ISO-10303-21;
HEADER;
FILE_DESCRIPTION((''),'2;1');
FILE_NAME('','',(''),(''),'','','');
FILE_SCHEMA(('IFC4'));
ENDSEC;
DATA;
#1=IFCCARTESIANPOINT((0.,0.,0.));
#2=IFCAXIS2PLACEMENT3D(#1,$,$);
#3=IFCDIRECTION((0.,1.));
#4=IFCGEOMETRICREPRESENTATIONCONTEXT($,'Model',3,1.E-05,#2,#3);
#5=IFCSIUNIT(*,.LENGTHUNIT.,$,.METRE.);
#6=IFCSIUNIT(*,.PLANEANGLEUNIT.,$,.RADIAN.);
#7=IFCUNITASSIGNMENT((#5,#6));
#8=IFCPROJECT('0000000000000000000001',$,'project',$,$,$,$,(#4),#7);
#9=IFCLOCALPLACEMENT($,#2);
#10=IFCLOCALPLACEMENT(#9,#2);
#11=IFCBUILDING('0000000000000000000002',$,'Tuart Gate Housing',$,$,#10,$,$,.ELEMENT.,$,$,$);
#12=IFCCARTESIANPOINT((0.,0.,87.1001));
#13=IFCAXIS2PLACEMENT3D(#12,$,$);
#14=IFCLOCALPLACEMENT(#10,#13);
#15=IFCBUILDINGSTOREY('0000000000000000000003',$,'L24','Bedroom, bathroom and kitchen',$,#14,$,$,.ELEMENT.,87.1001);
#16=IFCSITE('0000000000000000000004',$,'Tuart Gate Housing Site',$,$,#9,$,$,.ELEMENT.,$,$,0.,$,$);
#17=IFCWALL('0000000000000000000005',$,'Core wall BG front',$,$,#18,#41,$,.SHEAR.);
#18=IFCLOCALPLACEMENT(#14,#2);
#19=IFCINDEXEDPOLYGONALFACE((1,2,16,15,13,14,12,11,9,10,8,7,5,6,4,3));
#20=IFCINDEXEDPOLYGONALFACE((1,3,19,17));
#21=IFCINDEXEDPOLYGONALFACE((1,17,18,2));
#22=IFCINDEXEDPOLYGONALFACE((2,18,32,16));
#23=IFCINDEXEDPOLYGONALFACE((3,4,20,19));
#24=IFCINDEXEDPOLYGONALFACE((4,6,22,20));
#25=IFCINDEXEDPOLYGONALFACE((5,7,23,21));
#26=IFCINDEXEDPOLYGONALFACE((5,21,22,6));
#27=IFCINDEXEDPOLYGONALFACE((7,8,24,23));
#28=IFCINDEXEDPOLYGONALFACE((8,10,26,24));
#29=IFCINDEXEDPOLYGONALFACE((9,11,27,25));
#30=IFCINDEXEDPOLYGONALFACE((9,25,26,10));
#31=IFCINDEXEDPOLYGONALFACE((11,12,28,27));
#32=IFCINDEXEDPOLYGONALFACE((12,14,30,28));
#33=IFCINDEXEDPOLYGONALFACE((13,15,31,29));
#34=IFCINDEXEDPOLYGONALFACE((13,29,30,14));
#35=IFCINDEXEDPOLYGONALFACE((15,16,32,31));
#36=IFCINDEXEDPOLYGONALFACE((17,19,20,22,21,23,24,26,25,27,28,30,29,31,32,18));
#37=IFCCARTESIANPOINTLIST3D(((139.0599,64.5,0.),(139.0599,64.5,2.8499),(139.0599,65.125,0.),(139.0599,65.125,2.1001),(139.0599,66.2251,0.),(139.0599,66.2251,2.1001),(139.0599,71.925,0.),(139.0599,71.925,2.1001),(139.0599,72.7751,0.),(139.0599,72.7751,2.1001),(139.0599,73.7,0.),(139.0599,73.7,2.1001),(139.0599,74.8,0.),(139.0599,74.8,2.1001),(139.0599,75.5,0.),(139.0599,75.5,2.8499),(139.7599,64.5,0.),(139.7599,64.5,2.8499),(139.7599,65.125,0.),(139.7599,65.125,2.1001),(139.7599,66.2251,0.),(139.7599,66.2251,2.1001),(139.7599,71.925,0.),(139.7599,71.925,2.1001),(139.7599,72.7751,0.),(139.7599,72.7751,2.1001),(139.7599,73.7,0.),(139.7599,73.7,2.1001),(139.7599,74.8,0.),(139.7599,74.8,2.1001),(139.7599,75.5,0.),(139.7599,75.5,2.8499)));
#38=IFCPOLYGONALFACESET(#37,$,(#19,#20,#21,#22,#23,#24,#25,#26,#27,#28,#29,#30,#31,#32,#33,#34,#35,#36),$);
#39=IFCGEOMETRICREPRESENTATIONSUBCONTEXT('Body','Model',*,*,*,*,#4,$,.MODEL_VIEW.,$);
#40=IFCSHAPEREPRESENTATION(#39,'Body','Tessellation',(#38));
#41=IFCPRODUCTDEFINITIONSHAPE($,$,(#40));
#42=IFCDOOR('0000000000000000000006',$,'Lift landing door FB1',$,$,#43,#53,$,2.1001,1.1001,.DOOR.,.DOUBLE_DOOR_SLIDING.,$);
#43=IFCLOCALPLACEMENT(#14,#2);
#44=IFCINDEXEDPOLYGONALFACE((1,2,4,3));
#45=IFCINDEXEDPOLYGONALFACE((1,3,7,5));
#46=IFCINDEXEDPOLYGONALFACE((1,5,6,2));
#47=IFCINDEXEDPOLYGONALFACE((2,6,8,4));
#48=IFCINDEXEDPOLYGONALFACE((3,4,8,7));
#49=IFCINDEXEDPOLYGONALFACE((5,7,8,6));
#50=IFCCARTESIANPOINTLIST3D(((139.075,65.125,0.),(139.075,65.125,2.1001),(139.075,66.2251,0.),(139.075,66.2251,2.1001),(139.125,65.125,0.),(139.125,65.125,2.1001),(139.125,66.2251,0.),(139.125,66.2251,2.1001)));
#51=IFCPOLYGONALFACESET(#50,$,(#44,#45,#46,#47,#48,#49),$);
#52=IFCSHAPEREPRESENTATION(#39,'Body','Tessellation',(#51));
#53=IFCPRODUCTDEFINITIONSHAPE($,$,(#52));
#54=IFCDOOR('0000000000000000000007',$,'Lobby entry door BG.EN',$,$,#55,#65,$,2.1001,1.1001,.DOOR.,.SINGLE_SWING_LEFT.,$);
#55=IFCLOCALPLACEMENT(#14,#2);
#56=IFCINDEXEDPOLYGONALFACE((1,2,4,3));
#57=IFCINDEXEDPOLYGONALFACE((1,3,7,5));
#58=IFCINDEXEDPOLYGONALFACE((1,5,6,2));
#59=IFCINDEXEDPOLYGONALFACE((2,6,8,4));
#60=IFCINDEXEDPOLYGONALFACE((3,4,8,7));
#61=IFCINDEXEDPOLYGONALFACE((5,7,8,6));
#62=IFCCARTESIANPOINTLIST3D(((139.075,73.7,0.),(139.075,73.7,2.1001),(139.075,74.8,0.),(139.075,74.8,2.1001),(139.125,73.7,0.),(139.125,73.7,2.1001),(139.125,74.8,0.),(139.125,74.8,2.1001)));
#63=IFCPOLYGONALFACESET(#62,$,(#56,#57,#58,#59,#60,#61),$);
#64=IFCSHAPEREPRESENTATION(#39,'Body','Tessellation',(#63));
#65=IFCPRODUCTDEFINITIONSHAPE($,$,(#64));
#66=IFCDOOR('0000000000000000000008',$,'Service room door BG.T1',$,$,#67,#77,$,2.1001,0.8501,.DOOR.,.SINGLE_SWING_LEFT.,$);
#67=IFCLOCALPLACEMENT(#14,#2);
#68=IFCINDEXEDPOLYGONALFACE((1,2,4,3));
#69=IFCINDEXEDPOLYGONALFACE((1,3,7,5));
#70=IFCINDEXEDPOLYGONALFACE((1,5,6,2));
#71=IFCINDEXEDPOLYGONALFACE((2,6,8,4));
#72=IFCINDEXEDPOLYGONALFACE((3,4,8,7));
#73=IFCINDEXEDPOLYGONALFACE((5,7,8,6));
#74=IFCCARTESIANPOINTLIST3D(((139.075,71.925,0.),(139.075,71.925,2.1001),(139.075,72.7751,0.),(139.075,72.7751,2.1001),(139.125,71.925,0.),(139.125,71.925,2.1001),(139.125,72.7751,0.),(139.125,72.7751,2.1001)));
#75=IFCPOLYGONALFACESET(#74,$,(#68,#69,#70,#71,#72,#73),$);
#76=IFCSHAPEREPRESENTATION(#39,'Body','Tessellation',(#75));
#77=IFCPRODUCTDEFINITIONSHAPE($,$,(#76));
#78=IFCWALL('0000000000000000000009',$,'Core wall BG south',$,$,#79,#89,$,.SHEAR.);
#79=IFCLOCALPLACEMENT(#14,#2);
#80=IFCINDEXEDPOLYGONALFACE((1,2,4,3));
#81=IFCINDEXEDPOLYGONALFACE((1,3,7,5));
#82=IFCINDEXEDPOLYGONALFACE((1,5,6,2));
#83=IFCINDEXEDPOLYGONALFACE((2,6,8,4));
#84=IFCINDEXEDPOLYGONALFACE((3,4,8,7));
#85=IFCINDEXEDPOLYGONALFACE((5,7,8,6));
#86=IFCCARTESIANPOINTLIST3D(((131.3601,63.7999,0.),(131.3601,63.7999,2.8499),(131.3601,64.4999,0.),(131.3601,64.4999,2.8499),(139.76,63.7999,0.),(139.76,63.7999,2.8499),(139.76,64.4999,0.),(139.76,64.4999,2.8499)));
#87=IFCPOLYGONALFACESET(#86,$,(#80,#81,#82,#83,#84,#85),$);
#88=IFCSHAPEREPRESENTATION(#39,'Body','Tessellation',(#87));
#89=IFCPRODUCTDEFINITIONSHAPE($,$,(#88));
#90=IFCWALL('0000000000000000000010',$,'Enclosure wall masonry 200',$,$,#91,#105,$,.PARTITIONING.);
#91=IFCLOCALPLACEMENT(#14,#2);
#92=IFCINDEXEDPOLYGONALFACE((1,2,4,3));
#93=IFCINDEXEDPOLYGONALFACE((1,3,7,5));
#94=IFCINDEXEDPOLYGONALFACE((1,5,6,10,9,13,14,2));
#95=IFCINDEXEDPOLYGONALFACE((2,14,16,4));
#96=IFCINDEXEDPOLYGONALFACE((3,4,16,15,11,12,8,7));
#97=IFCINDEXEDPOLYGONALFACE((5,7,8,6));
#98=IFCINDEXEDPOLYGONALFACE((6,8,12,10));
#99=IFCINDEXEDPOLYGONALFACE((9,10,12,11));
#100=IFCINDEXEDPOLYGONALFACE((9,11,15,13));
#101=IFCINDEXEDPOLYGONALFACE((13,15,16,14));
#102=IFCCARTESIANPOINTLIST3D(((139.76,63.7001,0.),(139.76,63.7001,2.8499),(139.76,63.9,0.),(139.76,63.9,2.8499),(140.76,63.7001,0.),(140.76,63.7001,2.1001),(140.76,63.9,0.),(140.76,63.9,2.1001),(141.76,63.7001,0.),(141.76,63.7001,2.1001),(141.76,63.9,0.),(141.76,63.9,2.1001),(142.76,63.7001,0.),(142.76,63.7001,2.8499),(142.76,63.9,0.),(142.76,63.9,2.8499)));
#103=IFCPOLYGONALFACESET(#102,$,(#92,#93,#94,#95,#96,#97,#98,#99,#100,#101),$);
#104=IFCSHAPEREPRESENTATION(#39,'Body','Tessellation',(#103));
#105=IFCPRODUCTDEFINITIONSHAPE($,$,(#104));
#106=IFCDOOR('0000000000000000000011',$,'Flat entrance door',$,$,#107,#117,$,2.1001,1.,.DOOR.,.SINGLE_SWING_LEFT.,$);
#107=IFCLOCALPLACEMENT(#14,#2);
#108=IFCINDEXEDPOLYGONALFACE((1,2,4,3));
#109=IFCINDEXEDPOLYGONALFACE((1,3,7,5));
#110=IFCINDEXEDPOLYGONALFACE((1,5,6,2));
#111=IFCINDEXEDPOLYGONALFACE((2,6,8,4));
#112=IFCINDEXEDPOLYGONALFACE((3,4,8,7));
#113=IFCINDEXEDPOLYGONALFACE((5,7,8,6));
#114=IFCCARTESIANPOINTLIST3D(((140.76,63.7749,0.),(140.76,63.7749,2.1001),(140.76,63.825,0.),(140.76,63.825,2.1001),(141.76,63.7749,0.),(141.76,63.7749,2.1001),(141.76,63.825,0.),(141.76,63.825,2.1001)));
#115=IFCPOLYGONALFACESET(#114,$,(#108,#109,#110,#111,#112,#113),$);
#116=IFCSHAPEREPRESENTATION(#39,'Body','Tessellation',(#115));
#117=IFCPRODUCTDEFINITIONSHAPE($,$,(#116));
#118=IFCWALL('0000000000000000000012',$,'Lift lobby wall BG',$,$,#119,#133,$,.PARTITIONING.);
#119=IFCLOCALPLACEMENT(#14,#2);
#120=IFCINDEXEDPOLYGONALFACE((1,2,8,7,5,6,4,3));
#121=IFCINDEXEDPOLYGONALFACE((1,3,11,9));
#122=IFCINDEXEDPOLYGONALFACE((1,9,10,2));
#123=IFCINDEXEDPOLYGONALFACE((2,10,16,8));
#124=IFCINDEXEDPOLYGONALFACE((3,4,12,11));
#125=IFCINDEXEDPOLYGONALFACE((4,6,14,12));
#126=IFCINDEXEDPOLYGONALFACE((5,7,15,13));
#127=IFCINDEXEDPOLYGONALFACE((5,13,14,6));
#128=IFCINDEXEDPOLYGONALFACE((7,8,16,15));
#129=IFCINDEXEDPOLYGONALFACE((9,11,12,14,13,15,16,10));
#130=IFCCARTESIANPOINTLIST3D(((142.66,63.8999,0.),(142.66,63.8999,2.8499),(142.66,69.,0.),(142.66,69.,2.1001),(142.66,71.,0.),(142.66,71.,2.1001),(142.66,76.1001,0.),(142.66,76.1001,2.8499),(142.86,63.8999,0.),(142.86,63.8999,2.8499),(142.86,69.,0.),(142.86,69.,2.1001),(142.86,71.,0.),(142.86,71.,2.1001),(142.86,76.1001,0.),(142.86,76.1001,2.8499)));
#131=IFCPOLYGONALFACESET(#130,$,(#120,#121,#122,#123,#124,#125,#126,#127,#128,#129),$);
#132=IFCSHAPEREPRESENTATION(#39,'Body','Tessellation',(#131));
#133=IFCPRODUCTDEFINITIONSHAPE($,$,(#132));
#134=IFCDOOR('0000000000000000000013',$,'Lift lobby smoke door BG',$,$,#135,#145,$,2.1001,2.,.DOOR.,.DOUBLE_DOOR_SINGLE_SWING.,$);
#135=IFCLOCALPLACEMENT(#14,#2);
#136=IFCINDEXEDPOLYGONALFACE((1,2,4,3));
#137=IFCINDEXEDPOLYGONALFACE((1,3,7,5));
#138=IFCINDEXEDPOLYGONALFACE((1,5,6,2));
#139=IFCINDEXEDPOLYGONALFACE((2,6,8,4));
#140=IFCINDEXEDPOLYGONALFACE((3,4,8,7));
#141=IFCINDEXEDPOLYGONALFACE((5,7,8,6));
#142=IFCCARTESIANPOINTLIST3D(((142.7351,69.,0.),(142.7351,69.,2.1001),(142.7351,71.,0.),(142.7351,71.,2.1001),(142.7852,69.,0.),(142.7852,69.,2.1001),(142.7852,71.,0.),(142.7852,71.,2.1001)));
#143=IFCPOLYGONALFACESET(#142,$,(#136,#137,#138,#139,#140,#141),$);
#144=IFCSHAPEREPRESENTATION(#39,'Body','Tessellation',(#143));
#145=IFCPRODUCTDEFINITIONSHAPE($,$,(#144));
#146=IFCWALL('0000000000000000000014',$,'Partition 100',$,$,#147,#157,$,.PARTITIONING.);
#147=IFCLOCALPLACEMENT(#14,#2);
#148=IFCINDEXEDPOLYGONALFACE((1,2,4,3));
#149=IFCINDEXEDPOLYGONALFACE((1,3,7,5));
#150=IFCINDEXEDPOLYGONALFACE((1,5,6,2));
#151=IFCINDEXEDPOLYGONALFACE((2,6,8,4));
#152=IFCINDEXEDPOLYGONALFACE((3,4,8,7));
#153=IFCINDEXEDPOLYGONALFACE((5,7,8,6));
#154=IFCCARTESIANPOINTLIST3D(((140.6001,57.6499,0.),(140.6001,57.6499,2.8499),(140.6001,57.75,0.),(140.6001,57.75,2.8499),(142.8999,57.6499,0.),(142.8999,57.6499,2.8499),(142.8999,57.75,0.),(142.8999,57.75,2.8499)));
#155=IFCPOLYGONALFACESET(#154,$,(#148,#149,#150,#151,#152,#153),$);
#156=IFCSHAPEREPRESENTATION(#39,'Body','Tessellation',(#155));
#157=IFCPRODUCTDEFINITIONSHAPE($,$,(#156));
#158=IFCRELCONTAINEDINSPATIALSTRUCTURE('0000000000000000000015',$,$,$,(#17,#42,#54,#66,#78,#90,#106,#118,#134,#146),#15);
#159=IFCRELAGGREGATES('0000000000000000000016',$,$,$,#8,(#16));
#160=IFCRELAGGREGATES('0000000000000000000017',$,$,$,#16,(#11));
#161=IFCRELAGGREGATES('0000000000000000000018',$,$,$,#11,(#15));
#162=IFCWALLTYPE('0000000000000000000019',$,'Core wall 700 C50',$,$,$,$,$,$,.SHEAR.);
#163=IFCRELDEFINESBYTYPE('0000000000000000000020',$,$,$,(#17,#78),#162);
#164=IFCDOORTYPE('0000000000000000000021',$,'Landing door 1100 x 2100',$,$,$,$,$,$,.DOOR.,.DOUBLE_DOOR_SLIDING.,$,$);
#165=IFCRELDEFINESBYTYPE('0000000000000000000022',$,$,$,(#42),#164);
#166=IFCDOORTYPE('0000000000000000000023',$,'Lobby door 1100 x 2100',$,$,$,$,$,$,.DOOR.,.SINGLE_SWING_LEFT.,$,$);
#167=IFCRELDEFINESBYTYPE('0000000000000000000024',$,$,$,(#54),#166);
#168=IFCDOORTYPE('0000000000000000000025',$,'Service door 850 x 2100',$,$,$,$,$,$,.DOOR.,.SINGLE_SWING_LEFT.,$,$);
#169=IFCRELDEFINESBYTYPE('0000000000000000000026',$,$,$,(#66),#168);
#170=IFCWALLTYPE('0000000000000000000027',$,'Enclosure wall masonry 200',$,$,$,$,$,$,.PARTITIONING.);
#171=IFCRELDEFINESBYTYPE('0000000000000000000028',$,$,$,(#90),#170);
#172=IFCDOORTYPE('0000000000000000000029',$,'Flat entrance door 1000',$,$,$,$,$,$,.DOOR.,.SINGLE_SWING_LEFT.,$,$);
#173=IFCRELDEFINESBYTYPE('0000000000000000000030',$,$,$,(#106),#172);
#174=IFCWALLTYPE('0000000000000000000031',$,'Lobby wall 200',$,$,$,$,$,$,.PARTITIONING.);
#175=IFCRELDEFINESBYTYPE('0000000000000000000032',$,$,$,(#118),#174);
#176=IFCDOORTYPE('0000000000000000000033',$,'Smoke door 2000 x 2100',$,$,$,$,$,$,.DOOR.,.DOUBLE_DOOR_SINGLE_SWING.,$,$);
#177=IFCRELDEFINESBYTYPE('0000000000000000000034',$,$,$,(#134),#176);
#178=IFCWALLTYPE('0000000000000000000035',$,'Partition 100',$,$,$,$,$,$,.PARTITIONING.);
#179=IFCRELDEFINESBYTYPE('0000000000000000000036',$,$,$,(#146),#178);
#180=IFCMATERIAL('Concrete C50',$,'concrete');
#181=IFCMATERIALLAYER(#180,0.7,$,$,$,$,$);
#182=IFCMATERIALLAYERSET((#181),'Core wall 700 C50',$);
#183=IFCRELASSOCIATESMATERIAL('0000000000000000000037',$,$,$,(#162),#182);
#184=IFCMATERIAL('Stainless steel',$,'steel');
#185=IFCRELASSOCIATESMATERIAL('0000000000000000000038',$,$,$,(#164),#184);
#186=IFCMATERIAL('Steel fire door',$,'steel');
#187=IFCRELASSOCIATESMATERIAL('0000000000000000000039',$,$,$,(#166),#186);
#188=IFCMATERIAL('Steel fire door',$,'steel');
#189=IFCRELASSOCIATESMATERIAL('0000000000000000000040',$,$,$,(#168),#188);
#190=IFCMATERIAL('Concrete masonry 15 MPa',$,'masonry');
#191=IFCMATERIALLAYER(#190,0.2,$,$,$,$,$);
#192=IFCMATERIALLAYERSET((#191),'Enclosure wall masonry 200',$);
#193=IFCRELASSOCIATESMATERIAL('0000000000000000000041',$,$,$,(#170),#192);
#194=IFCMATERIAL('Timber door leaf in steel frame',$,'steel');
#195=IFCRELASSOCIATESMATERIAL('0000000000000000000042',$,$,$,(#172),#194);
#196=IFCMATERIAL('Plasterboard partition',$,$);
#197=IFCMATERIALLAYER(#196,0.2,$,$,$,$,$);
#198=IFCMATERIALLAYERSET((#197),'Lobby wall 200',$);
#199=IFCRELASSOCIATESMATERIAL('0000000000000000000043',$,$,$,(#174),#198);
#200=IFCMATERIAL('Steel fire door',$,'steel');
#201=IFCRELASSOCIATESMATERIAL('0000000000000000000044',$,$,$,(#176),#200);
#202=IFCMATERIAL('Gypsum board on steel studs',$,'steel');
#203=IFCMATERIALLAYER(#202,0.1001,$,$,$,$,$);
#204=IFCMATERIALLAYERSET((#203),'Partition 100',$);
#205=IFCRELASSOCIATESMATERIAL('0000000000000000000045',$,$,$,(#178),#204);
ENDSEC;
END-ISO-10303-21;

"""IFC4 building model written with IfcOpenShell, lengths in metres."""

from ifc_helpers import new_model, si_unit, direction, frame, frame_2d, origin, place, context, subcontext, project, spatial, rectangle, extrude, material, layer, layer_set, type_object, element, fill, save


model = new_model("IFC4")

# Units and contexts
model_context = context("Model", 3, precision=1e-05, world=origin(), true_north=direction((0.0, 1.0)))
body_context = subcontext(model_context, "Body", "Model", "MODEL_VIEW")
ifc_project = project(units=[si_unit("LENGTHUNIT", "METRE"), si_unit("PLANEANGLEUNIT", "RADIAN")], contexts=[model_context])

# Site, building, storey
site_placement = place(None, origin())
site = spatial("IfcSite", under=ifc_project, at=site_placement, Name="Tuart Gate Housing Site", CompositionType="ELEMENT", RefElevation=0.0)
building_placement = place(site_placement, origin())
building = spatial("IfcBuilding", under=site, at=building_placement, Name="Tuart Gate Housing", CompositionType="ELEMENT")
storey_placement = place(building_placement, frame((0.0, 0.0, 87.1001)))
storey = spatial("IfcBuildingStorey", under=building, at=storey_placement, Name="L24", Description="Bedroom, bathroom and kitchen", CompositionType="ELEMENT", Elevation=87.1001)

# Wall, openings, doors
ifc_material_1 = material(Name="Concrete C50", Category="concrete")
ifc_layer_1 = layer(ifc_material_1, 0.7)
ifc_layer_set_1 = layer_set([ifc_layer_1], Name="Core wall 700 C50")
wall_type_1 = type_object("IfcWallType", Name="Core wall 700 C50", PredefinedType="SHEAR", material=ifc_layer_set_1)
wall_1_placement = place(storey_placement, frame((139.4099, 64.5, 0.0), z_axis=(0.0, 0.0, 1.0), x_axis=(0.0, 1.0, 0.0)))
wall_1 = element("IfcWall", 1, at=wall_1_placement, inside=storey, type_object=wall_type_1, Name="Core wall BG front", PredefinedType="SHEAR", context=body_context, shape_type="SweptSolid", body=[
    extrude(rectangle(XDim=11.0, YDim=0.7, at=frame_2d((5.5, 0.0))), origin(), (0.0, 0.0, 1.0), 2.8499),
])
opening_1_placement = place(wall_1_placement, frame((0.625, 0.0, 0.0)))
opening_1 = element("IfcOpeningElement", 2, at=opening_1_placement, cuts=wall_1, PredefinedType="OPENING", context=body_context, shape_type="SweptSolid", body=[
    extrude(rectangle(XDim=1.1001, YDim=2.1001, at=frame_2d((0.55, 1.05))), frame((0.0, 0.3599, 0.0), z_axis=(0.0, -1.0, 0.0), x_axis=(1.0, 0.0, 0.0)), (0.0, 0.0, 1.0), 0.72),
])
opening_2_placement = place(wall_1_placement, frame((9.2, 0.0, 0.0)))
opening_2 = element("IfcOpeningElement", 3, at=opening_2_placement, cuts=wall_1, PredefinedType="OPENING", context=body_context, shape_type="SweptSolid", body=[
    extrude(rectangle(XDim=1.1001, YDim=2.1001, at=frame_2d((0.55, 1.05))), frame((0.0, 0.3599, 0.0), z_axis=(0.0, -1.0, 0.0), x_axis=(1.0, 0.0, 0.0)), (0.0, 0.0, 1.0), 0.72),
])
opening_3_placement = place(wall_1_placement, frame((7.425, 0.0, 0.0)))
opening_3 = element("IfcOpeningElement", 4, at=opening_3_placement, cuts=wall_1, PredefinedType="OPENING", context=body_context, shape_type="SweptSolid", body=[
    extrude(rectangle(XDim=0.8501, YDim=2.1001, at=frame_2d((0.425, 1.05))), frame((0.0, 0.3599, 0.0), z_axis=(0.0, -1.0, 0.0), x_axis=(1.0, 0.0, 0.0)), (0.0, 0.0, 1.0), 0.72),
])
ifc_material_2 = material(Name="Stainless steel", Category="steel")
door_type_1 = type_object("IfcDoorType", Name="Landing door 1100 x 2100", OperationType="DOUBLE_DOOR_SLIDING", PredefinedType="DOOR", material=ifc_material_2)
door_1_placement = place(opening_1_placement, origin())
door_1 = element("IfcDoor", 5, at=door_1_placement, inside=storey, type_object=door_type_1, Name="Lift landing door FB1", OperationType="DOUBLE_DOOR_SLIDING", OverallHeight=2.1001, OverallWidth=1.1001, PredefinedType="DOOR", context=body_context, shape_type="SweptSolid", body=[
    extrude(rectangle(XDim=1.1001, YDim=2.1001, at=frame_2d((0.55, 1.05))), frame((0.0, 0.335, 0.0), z_axis=(0.0, -1.0, 0.0), x_axis=(1.0, 0.0, 0.0)), (0.0, 0.0, 1.0), 0.05),
])
fill(opening_1, door_1)
ifc_material_3 = material(Name="Steel fire door", Category="steel")
door_type_2 = type_object("IfcDoorType", Name="Lobby door 1100 x 2100", OperationType="SINGLE_SWING_LEFT", PredefinedType="DOOR", material=ifc_material_3)
door_2_placement = place(opening_2_placement, origin())
door_2 = element("IfcDoor", 6, at=door_2_placement, inside=storey, type_object=door_type_2, Name="Lobby entry door BG.EN", OperationType="SINGLE_SWING_LEFT", OverallHeight=2.1001, OverallWidth=1.1001, PredefinedType="DOOR", context=body_context, shape_type="SweptSolid", body=[
    extrude(rectangle(XDim=1.1001, YDim=2.1001, at=frame_2d((0.55, 1.05))), frame((0.0, 0.335, 0.0), z_axis=(0.0, -1.0, 0.0), x_axis=(1.0, 0.0, 0.0)), (0.0, 0.0, 1.0), 0.05),
])
fill(opening_2, door_2)
ifc_material_4 = material(Name="Steel fire door", Category="steel")
door_type_3 = type_object("IfcDoorType", Name="Service door 850 x 2100", OperationType="SINGLE_SWING_LEFT", PredefinedType="DOOR", material=ifc_material_4)
door_3_placement = place(opening_3_placement, origin())
door_3 = element("IfcDoor", 7, at=door_3_placement, inside=storey, type_object=door_type_3, Name="Service room door BG.T1", OperationType="SINGLE_SWING_LEFT", OverallHeight=2.1001, OverallWidth=0.8501, PredefinedType="DOOR", context=body_context, shape_type="SweptSolid", body=[
    extrude(rectangle(XDim=0.8501, YDim=2.1001, at=frame_2d((0.425, 1.05))), frame((0.0, 0.335, 0.0), z_axis=(0.0, -1.0, 0.0), x_axis=(1.0, 0.0, 0.0)), (0.0, 0.0, 1.0), 0.05),
])
fill(opening_3, door_3)

# Wall
wall_2_placement = place(storey_placement, frame((139.76, 64.1499, 0.0), z_axis=(0.0, 0.0, 1.0), x_axis=(-1.0, 0.0, 0.0)))
element("IfcWall", 8, at=wall_2_placement, inside=storey, type_object=wall_type_1, Name="Core wall BG south", PredefinedType="SHEAR", context=body_context, shape_type="SweptSolid", body=[
    extrude(rectangle(XDim=8.3999, YDim=0.7, at=frame_2d((4.2, 0.0))), origin(), (0.0, 0.0, 1.0), 2.8499),
])

# Walls, openings, doors
ifc_material_5 = material(Name="Concrete masonry 15 MPa", Category="masonry")
ifc_layer_2 = layer(ifc_material_5, 0.2)
ifc_layer_set_2 = layer_set([ifc_layer_2], Name="Enclosure wall masonry 200")
wall_type_2 = type_object("IfcWallType", Name="Enclosure wall masonry 200", PredefinedType="PARTITIONING", material=ifc_layer_set_2)
wall_3_placement = place(storey_placement, frame((139.76, 63.8, 0.0), z_axis=(0.0, 0.0, 1.0), x_axis=(1.0, 0.0, 0.0)))
wall_3 = element("IfcWall", 9, at=wall_3_placement, inside=storey, type_object=wall_type_2, Name="Enclosure wall masonry 200", PredefinedType="PARTITIONING", context=body_context, shape_type="SweptSolid", body=[
    extrude(rectangle(XDim=3.0, YDim=0.2, at=frame_2d((1.5, 0.0))), origin(), (0.0, 0.0, 1.0), 2.8499),
])
opening_4_placement = place(wall_3_placement, frame((1.0, 0.0, 0.0)))
opening_4 = element("IfcOpeningElement", 10, at=opening_4_placement, cuts=wall_3, PredefinedType="OPENING", context=body_context, shape_type="SweptSolid", body=[
    extrude(rectangle(XDim=1.0, YDim=2.1001, at=frame_2d((0.5, 1.05))), frame((0.0, 0.1099, 0.0), z_axis=(0.0, -1.0, 0.0), x_axis=(1.0, 0.0, 0.0)), (0.0, 0.0, 1.0), 0.22),
])
ifc_material_6 = material(Name="Timber door leaf in steel frame", Category="steel")
door_type_4 = type_object("IfcDoorType", Name="Flat entrance door 1000", OperationType="SINGLE_SWING_LEFT", PredefinedType="DOOR", material=ifc_material_6)
door_4_placement = place(opening_4_placement, frame((1.0, 0.0, 0.0), z_axis=(0.0, 0.0, 1.0), x_axis=(-1.0, 0.0, 0.0)))
door_4 = element("IfcDoor", 11, at=door_4_placement, inside=storey, type_object=door_type_4, Name="Flat entrance door", OperationType="SINGLE_SWING_LEFT", OverallHeight=2.1001, OverallWidth=1.0, PredefinedType="DOOR", context=body_context, shape_type="SweptSolid", body=[
    extrude(rectangle(XDim=1.0, YDim=2.1001, at=frame_2d((0.5, 1.05))), frame((0.0, 0.0251, 0.0), z_axis=(0.0, -1.0, 0.0), x_axis=(1.0, 0.0, 0.0)), (0.0, 0.0, 1.0), 0.05),
])
fill(opening_4, door_4)
ifc_material_7 = material(Name="Plasterboard partition")
ifc_layer_3 = layer(ifc_material_7, 0.2)
ifc_layer_set_3 = layer_set([ifc_layer_3], Name="Lobby wall 200")
wall_type_3 = type_object("IfcWallType", Name="Lobby wall 200", PredefinedType="PARTITIONING", material=ifc_layer_set_3)
wall_4_placement = place(storey_placement, frame((142.76, 63.8999, 0.0), z_axis=(0.0, 0.0, 1.0), x_axis=(0.0, 1.0, 0.0)))
wall_4 = element("IfcWall", 12, at=wall_4_placement, inside=storey, type_object=wall_type_3, Name="Lift lobby wall BG", PredefinedType="PARTITIONING", context=body_context, shape_type="SweptSolid", body=[
    extrude(rectangle(XDim=12.2002, YDim=0.2, at=frame_2d((6.1001, 0.0))), origin(), (0.0, 0.0, 1.0), 2.8499),
])
opening_5_placement = place(wall_4_placement, frame((5.1001, 0.0, 0.0)))
opening_5 = element("IfcOpeningElement", 13, at=opening_5_placement, cuts=wall_4, PredefinedType="OPENING", context=body_context, shape_type="SweptSolid", body=[
    extrude(rectangle(XDim=2.0, YDim=2.1001, at=frame_2d((1.0, 1.05))), frame((0.0, 0.1099, 0.0), z_axis=(0.0, -1.0, 0.0), x_axis=(1.0, 0.0, 0.0)), (0.0, 0.0, 1.0), 0.22),
])
ifc_material_8 = material(Name="Steel fire door", Category="steel")
door_type_5 = type_object("IfcDoorType", Name="Smoke door 2000 x 2100", OperationType="DOUBLE_DOOR_SINGLE_SWING", PredefinedType="DOOR", material=ifc_material_8)
door_5_placement = place(opening_5_placement, origin())
door_5 = element("IfcDoor", 14, at=door_5_placement, inside=storey, type_object=door_type_5, Name="Lift lobby smoke door BG", OperationType="DOUBLE_DOOR_SINGLE_SWING", OverallHeight=2.1001, OverallWidth=2.0, PredefinedType="DOOR", context=body_context, shape_type="SweptSolid", body=[
    extrude(rectangle(XDim=2.0, YDim=2.1001, at=frame_2d((1.0, 1.05))), frame((0.0, 0.0249, 0.0), z_axis=(0.0, -1.0, 0.0), x_axis=(1.0, 0.0, 0.0)), (0.0, 0.0, 1.0), 0.05),
])
fill(opening_5, door_5)

# Wall
ifc_material_9 = material(Name="Gypsum board on steel studs", Category="steel")
ifc_layer_4 = layer(ifc_material_9, 0.1001)
ifc_layer_set_4 = layer_set([ifc_layer_4], Name="Partition 100")
wall_type_4 = type_object("IfcWallType", Name="Partition 100", PredefinedType="PARTITIONING", material=ifc_layer_set_4)
wall_5_placement = place(storey_placement, frame((140.6001, 57.7, 0.0), z_axis=(0.0, 0.0, 1.0), x_axis=(1.0, 0.0, 0.0)))
element("IfcWall", 15, at=wall_5_placement, inside=storey, type_object=wall_type_4, Name="Partition 100", PredefinedType="PARTITIONING", context=body_context, shape_type="SweptSolid", body=[
    extrude(rectangle(XDim=2.2998, YDim=0.1001, at=frame_2d((1.1499, 0.0))), origin(), (0.0, 0.0, 1.0), 2.8499),
])

save(model, "model.ifc")
